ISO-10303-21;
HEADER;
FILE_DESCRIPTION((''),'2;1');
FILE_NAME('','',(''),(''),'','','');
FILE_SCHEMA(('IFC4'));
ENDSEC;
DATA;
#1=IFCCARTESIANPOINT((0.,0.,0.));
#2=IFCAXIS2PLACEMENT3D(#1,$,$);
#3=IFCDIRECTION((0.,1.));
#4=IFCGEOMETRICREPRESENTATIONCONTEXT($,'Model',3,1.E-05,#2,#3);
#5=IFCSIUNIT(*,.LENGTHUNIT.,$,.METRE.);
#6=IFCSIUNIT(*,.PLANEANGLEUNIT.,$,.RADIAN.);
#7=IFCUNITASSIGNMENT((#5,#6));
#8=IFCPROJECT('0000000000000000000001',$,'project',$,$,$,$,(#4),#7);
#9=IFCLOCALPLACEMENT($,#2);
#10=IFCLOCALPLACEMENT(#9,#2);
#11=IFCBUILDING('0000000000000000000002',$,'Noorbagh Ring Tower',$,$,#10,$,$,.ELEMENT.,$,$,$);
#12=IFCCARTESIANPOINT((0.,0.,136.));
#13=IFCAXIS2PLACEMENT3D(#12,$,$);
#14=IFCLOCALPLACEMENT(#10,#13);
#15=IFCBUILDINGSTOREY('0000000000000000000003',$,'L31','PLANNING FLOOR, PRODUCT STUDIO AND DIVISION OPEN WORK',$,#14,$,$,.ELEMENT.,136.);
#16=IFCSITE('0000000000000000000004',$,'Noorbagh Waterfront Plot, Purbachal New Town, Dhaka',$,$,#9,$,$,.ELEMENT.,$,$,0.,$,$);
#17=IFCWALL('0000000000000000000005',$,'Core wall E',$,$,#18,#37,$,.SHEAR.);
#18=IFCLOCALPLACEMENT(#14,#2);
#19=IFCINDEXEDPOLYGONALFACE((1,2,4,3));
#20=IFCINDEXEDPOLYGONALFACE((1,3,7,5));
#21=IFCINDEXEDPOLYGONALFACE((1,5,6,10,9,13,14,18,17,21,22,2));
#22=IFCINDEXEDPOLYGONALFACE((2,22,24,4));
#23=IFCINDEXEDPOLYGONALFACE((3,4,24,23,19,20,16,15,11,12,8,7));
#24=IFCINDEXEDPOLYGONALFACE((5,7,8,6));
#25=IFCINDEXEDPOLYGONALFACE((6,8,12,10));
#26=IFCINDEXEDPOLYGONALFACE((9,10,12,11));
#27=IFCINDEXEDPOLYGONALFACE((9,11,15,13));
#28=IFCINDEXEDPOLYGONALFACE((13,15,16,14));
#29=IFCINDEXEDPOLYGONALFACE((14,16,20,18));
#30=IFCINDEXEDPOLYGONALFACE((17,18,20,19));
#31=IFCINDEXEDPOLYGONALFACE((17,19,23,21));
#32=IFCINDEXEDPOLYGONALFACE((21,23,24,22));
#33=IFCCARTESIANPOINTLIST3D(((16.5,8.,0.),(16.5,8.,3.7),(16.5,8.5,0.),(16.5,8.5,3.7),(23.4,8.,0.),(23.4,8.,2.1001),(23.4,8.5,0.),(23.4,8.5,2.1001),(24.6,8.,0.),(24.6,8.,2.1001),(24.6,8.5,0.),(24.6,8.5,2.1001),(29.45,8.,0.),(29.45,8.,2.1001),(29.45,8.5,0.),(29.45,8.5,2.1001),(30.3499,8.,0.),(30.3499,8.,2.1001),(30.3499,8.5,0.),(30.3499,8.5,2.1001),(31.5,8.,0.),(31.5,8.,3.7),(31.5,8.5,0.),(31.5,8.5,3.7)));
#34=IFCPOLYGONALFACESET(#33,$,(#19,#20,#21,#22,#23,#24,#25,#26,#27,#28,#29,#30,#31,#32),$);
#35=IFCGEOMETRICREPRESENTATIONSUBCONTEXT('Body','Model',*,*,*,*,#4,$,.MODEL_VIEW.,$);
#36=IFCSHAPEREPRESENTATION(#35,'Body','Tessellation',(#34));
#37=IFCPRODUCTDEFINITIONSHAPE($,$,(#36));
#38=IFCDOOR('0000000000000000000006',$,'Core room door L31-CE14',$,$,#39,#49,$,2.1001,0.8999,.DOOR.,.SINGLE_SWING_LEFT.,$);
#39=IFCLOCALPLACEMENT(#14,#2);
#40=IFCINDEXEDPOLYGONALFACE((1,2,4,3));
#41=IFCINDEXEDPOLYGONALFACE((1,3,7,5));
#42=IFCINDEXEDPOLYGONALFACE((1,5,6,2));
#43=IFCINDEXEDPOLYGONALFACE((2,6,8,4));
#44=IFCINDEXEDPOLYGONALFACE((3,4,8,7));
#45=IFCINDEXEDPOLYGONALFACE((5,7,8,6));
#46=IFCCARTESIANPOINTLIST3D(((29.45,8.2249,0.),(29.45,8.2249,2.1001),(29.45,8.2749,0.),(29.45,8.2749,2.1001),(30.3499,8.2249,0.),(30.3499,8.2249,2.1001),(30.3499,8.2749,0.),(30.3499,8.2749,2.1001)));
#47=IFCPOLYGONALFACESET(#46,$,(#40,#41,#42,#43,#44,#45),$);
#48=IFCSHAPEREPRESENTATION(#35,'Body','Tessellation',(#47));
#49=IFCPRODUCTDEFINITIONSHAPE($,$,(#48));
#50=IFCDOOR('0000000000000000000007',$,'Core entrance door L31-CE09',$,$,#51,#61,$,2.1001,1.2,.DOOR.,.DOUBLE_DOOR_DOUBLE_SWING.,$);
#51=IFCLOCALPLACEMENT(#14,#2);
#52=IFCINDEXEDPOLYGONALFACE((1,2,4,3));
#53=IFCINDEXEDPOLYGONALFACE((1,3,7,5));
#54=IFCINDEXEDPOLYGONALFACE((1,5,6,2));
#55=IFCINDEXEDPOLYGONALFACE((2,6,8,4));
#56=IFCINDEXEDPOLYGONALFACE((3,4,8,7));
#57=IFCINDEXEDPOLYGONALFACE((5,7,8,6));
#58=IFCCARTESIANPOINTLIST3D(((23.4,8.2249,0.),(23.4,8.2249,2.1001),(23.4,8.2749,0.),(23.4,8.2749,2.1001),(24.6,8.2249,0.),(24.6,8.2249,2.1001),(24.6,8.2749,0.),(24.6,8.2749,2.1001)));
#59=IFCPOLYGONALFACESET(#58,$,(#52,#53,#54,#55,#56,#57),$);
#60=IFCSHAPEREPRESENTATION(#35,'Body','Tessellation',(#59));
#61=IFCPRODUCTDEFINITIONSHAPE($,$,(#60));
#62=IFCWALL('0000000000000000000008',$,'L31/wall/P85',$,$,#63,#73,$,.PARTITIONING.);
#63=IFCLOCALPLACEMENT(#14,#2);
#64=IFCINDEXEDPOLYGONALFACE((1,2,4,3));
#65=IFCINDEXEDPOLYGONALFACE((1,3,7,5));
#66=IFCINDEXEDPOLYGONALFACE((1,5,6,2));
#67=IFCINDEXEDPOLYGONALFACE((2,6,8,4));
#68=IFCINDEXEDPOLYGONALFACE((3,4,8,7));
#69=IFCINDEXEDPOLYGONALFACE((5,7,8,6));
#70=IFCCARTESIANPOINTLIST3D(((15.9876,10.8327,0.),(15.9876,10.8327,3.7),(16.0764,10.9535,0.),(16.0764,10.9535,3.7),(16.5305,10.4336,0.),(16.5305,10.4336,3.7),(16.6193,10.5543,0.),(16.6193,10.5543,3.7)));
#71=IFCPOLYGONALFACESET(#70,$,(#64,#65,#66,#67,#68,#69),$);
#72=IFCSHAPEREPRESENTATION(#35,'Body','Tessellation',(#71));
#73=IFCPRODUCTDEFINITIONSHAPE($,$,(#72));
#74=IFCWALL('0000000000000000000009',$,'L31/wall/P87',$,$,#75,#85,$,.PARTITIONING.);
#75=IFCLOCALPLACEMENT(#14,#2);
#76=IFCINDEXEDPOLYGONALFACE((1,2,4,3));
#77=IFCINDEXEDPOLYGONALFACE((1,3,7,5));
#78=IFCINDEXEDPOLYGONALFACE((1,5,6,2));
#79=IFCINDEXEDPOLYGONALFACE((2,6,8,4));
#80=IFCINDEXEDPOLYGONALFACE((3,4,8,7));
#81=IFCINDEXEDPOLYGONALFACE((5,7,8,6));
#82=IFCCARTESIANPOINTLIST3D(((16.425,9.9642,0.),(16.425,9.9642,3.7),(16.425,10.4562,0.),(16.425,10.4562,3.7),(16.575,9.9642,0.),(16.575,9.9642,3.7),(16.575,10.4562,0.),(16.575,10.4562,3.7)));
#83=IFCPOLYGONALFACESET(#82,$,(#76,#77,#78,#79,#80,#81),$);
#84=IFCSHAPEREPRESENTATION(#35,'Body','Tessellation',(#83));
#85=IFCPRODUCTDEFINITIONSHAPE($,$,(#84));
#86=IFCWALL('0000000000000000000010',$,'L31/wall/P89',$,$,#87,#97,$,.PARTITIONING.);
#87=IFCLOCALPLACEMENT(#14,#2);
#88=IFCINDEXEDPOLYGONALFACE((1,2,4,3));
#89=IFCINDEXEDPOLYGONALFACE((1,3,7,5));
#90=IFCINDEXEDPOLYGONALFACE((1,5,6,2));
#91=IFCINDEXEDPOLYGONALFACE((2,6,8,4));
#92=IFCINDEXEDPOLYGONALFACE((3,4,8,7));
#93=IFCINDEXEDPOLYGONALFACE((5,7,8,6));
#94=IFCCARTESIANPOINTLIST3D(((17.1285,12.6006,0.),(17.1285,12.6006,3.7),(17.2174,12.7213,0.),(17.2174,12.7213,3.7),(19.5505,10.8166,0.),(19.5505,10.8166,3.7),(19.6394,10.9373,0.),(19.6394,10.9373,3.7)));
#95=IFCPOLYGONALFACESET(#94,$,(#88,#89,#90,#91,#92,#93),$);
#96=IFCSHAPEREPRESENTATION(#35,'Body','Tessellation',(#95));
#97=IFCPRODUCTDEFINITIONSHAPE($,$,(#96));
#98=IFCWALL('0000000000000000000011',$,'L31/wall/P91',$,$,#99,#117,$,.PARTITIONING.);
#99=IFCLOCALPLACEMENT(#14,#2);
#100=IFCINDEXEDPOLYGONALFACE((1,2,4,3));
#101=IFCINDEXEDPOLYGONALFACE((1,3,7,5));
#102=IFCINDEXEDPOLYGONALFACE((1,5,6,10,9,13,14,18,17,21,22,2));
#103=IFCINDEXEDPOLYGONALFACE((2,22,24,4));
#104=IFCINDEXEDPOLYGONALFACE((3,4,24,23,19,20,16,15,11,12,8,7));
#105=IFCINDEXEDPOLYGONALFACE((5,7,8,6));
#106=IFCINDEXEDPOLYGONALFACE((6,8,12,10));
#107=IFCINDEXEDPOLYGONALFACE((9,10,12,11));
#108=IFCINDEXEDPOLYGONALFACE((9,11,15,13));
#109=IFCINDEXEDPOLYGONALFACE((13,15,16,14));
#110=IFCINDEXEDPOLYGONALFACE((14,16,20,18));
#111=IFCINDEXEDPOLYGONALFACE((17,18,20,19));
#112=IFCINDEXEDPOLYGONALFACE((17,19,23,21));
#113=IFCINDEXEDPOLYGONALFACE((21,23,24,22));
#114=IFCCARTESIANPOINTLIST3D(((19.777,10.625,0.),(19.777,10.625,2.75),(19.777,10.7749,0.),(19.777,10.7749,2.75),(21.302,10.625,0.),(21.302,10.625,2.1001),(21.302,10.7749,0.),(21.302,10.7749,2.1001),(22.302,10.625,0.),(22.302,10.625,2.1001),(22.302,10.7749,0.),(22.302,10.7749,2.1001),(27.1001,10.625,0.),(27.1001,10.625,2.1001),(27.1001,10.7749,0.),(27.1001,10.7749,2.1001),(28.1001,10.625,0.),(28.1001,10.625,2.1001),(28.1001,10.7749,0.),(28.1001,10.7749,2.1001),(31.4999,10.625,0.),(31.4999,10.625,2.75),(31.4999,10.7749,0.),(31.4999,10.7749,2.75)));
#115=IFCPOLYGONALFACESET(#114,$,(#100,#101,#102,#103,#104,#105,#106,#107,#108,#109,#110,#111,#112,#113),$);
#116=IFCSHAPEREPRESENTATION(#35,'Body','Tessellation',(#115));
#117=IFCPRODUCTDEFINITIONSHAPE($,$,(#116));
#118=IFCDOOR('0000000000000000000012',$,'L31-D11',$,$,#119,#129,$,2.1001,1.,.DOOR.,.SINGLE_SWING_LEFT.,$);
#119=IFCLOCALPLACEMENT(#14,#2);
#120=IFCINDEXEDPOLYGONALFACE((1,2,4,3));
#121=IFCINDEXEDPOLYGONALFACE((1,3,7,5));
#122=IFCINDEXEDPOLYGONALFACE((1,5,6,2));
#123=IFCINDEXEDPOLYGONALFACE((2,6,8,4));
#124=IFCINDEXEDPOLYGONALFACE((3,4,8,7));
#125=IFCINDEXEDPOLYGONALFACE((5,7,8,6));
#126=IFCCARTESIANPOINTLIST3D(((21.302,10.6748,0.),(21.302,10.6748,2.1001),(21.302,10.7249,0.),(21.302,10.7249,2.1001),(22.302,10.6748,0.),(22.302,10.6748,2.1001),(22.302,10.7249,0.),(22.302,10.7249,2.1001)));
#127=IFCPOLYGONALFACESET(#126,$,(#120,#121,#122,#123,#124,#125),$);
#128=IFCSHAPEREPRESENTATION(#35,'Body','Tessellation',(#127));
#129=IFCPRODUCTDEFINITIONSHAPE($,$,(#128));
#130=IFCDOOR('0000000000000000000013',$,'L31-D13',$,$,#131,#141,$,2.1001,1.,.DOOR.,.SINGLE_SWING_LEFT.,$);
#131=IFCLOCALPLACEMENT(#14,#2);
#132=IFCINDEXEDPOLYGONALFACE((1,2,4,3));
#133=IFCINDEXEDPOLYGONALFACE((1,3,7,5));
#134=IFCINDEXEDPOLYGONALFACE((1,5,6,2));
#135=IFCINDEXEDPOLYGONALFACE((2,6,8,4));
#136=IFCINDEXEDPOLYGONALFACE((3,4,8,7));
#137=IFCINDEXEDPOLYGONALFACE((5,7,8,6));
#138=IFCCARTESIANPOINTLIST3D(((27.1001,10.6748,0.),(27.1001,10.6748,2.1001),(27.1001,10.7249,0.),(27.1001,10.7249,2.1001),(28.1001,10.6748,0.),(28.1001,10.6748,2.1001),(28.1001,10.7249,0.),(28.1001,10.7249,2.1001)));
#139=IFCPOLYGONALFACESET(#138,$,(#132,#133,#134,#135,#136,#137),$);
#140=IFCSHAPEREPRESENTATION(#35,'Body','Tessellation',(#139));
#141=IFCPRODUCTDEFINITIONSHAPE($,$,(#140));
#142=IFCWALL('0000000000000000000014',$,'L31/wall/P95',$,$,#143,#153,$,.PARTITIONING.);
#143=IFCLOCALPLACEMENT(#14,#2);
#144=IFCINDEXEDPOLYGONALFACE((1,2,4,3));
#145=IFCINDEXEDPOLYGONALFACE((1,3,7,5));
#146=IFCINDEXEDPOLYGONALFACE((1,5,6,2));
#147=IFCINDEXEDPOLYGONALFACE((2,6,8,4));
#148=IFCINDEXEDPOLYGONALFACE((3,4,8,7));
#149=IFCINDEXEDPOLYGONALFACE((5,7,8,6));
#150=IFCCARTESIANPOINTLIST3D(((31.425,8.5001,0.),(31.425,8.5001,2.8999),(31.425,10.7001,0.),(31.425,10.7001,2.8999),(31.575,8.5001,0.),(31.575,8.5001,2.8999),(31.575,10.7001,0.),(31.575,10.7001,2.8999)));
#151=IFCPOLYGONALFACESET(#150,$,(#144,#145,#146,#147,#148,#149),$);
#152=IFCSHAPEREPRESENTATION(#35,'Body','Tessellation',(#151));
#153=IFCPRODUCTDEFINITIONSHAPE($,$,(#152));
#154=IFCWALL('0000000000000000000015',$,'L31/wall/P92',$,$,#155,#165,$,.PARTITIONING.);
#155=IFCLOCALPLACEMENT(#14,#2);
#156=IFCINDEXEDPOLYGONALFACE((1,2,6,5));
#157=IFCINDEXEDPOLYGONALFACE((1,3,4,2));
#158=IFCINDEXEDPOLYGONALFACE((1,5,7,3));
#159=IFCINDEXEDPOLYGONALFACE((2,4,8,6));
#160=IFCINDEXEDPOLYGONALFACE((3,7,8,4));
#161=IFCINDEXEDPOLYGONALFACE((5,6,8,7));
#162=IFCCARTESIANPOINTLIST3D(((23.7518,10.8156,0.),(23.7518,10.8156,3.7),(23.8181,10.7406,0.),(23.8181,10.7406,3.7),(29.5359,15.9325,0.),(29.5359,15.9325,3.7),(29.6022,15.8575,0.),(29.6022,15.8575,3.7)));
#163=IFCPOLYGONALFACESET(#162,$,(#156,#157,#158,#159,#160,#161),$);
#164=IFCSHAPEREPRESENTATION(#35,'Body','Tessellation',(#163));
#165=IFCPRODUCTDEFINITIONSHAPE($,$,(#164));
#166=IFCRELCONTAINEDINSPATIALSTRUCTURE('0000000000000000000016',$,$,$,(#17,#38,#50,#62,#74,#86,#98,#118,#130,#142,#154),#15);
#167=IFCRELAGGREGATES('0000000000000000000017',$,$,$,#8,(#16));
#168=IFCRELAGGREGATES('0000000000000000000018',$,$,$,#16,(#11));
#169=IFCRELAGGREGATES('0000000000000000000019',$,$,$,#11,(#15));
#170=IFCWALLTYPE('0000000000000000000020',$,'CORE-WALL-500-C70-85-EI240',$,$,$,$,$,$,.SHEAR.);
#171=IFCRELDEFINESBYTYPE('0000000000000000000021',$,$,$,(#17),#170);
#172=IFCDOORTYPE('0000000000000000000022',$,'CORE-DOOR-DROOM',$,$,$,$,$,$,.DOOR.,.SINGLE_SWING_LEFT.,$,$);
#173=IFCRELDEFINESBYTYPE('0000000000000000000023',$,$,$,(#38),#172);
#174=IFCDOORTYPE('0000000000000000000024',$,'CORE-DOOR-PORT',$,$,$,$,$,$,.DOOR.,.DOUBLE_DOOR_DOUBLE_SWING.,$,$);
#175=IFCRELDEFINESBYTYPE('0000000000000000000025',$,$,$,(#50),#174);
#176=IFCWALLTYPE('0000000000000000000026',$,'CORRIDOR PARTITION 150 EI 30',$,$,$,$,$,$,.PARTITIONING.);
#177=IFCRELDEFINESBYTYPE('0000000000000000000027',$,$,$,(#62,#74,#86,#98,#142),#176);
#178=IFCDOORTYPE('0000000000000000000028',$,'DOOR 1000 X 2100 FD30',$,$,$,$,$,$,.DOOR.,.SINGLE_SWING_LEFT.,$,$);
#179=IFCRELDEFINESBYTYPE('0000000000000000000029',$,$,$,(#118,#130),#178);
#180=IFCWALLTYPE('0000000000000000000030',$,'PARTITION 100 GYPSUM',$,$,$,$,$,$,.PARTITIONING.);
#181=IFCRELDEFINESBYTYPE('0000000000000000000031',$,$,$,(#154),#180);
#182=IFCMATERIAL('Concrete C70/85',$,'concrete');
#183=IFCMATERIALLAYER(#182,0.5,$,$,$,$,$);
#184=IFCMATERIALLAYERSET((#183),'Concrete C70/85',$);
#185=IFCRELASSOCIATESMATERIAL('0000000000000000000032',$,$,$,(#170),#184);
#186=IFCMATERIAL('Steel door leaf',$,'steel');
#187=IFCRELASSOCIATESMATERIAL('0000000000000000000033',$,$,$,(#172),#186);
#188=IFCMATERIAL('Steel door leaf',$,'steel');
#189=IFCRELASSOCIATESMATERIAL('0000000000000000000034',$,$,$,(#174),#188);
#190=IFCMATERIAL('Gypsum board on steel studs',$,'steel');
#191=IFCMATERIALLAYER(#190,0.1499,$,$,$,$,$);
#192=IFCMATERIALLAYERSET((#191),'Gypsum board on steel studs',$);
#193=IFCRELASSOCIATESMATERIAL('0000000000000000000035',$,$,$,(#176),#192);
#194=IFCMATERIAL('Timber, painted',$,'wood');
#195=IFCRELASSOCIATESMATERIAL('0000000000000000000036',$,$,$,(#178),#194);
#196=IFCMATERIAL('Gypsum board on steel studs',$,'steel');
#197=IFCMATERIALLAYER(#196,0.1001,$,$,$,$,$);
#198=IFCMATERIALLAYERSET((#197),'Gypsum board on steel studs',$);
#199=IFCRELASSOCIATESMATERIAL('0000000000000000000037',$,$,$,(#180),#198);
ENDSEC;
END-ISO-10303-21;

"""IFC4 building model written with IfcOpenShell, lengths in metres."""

from ifc_helpers import new_model, si_unit, direction, frame, frame_2d, origin, place, context, subcontext, project, spatial, rectangle, extrude, material, layer, layer_set, type_object, element, fill, save


model = new_model("IFC4")

# Units and contexts
model_context = context("Model", 3, precision=1e-05, world=origin(), true_north=direction((0.0, 1.0)))
body_context = subcontext(model_context, "Body", "Model", "MODEL_VIEW")
ifc_project = project(units=[si_unit("LENGTHUNIT", "METRE"), si_unit("PLANEANGLEUNIT", "RADIAN")], contexts=[model_context])

# Site, building, storey
site_placement = place(None, origin())
site = spatial("IfcSite", under=ifc_project, at=site_placement, Name="Noorbagh Waterfront Plot, Purbachal New Town, Dhaka", CompositionType="ELEMENT", RefElevation=0.0)
building_placement = place(site_placement, origin())
building = spatial("IfcBuilding", under=site, at=building_placement, Name="Noorbagh Ring Tower", CompositionType="ELEMENT")
storey_placement = place(building_placement, frame((0.0, 0.0, 136.0)))
storey = spatial("IfcBuildingStorey", under=building, at=storey_placement, Name="L31", Description="PLANNING FLOOR, PRODUCT STUDIO AND DIVISION OPEN WORK", CompositionType="ELEMENT", Elevation=136.0)

# Wall, openings, doors
ifc_material_1 = material(Name="Concrete C70/85", Category="concrete")
ifc_layer_1 = layer(ifc_material_1, 0.5)
ifc_layer_set_1 = layer_set([ifc_layer_1], Name="Concrete C70/85")
wall_type_1 = type_object("IfcWallType", Name="CORE-WALL-500-C70-85-EI240", PredefinedType="SHEAR", material=ifc_layer_set_1)
wall_1_placement = place(storey_placement, frame((16.5, 8.25, 0.0), z_axis=(0.0, 0.0, 1.0), x_axis=(1.0, 0.0, 0.0)))
wall_1 = element("IfcWall", 1, at=wall_1_placement, inside=storey, type_object=wall_type_1, Name="Core wall E", PredefinedType="SHEAR", context=body_context, shape_type="SweptSolid", body=[
    extrude(rectangle(XDim=15.0, YDim=0.5, at=frame_2d((7.5, 0.0))), origin(), (0.0, 0.0, 1.0), 3.7),
])
opening_1_placement = place(wall_1_placement, frame((6.8999, 0.0, 0.0)))
opening_1 = element("IfcOpeningElement", 2, at=opening_1_placement, cuts=wall_1, PredefinedType="OPENING", context=body_context, shape_type="SweptSolid", body=[
    extrude(rectangle(XDim=1.2, YDim=2.1001, at=frame_2d((0.6001, 1.05))), frame((0.0, 0.26, 0.0), z_axis=(0.0, -1.0, 0.0), x_axis=(1.0, 0.0, 0.0)), (0.0, 0.0, 1.0), 0.52),
])
opening_2_placement = place(wall_1_placement, frame((12.95, 0.0, 0.0)))
opening_2 = element("IfcOpeningElement", 3, at=opening_2_placement, cuts=wall_1, PredefinedType="OPENING", context=body_context, shape_type="SweptSolid", body=[
    extrude(rectangle(XDim=0.8999, YDim=2.1001, at=frame_2d((0.45, 1.05))), frame((0.0, 0.26, 0.0), z_axis=(0.0, -1.0, 0.0), x_axis=(1.0, 0.0, 0.0)), (0.0, 0.0, 1.0), 0.52),
])
ifc_material_2 = material(Name="Steel door leaf", Category="steel")
door_type_1 = type_object("IfcDoorType", Name="CORE-DOOR-DROOM", OperationType="SINGLE_SWING_LEFT", PredefinedType="DOOR", material=ifc_material_2)
door_1_placement = place(opening_2_placement, origin())
door_1 = element("IfcDoor", 4, at=door_1_placement, inside=storey, type_object=door_type_1, Name="Core room door L31-CE14", OperationType="SINGLE_SWING_LEFT", OverallHeight=2.1001, OverallWidth=0.8999, PredefinedType="DOOR", context=body_context, shape_type="SweptSolid", body=[
    extrude(rectangle(XDim=0.8999, YDim=2.1001, at=frame_2d((0.45, 1.05))), frame((0.0, 0.0249, 0.0), z_axis=(0.0, -1.0, 0.0), x_axis=(1.0, 0.0, 0.0)), (0.0, 0.0, 1.0), 0.05),
])
fill(opening_2, door_1)
ifc_material_3 = material(Name="Steel door leaf", Category="steel")
door_type_2 = type_object("IfcDoorType", Name="CORE-DOOR-PORT", OperationType="DOUBLE_DOOR_DOUBLE_SWING", PredefinedType="DOOR", material=ifc_material_3)
door_2_placement = place(opening_1_placement, origin())
door_2 = element("IfcDoor", 5, at=door_2_placement, inside=storey, type_object=door_type_2, Name="Core entrance door L31-CE09", OperationType="DOUBLE_DOOR_DOUBLE_SWING", OverallHeight=2.1001, OverallWidth=1.2, PredefinedType="DOOR", context=body_context, shape_type="SweptSolid", body=[
    extrude(rectangle(XDim=1.2, YDim=2.1001, at=frame_2d((0.6001, 1.05))), frame((0.0, 0.0249, 0.0), z_axis=(0.0, -1.0, 0.0), x_axis=(1.0, 0.0, 0.0)), (0.0, 0.0, 1.0), 0.05),
])
fill(opening_1, door_2)

# Walls
ifc_material_4 = material(Name="Gypsum board on steel studs", Category="steel")
ifc_layer_2 = layer(ifc_material_4, 0.1499)
ifc_layer_set_2 = layer_set([ifc_layer_2], Name="Gypsum board on steel studs")
wall_type_2 = type_object("IfcWallType", Name="CORRIDOR PARTITION 150 EI 30", PredefinedType="PARTITIONING", material=ifc_layer_set_2)
wall_2_placement = place(storey_placement, frame((16.032, 10.8931, 0.0), z_axis=(0.0, 0.0, 1.0), x_axis=(0.805702, -0.592321, 0.0)))
element("IfcWall", 6, at=wall_2_placement, inside=storey, type_object=wall_type_2, Name="L31/wall/P85", PredefinedType="PARTITIONING", context=body_context, shape_type="SweptSolid", body=[
    extrude(rectangle(XDim=0.6738, YDim=0.1499, at=frame_2d((0.3369, 0.0))), origin(), (0.0, 0.0, 1.0), 3.7),
])
wall_3_placement = place(storey_placement, frame((16.5, 9.9641, 0.0), z_axis=(0.0, 0.0, 1.0), x_axis=(0.0, 1.0, 0.0)))
element("IfcWall", 7, at=wall_3_placement, inside=storey, type_object=wall_type_2, Name="L31/wall/P87", PredefinedType="PARTITIONING", context=body_context, shape_type="SweptSolid", body=[
    extrude(rectangle(XDim=0.4919, YDim=0.1499, at=frame_2d((0.2461, 0.0))), origin(), (0.0, 0.0, 1.0), 3.7),
])
wall_4_placement = place(storey_placement, frame((17.1731, 12.6609, 0.0), z_axis=(0.0, 0.0, 1.0), x_axis=(0.805152, -0.593069, 0.0)))
element("IfcWall", 8, at=wall_4_placement, inside=storey, type_object=wall_type_2, Name="L31/wall/P89", PredefinedType="PARTITIONING", context=body_context, shape_type="SweptSolid", body=[
    extrude(rectangle(XDim=3.0081, YDim=0.1499, at=frame_2d((1.5039, 0.0))), origin(), (0.0, 0.0, 1.0), 3.7),
])

# Wall, openings, doors
wall_5_placement = place(storey_placement, frame((19.7771, 10.7, 0.0), z_axis=(0.0, 0.0, 1.0), x_axis=(1.0, 0.0, 0.0)))
wall_5 = element("IfcWall", 9, at=wall_5_placement, inside=storey, type_object=wall_type_2, Name="L31/wall/P91", PredefinedType="PARTITIONING", context=body_context, shape_type="SweptSolid", body=[
    extrude(rectangle(XDim=11.7229, YDim=0.1499, at=frame_2d((5.8613, 0.0))), origin(), (0.0, 0.0, 1.0), 2.75),
])
opening_3_placement = place(wall_5_placement, frame((1.5249, 0.0, 0.0)))
opening_3 = element("IfcOpeningElement", 10, at=opening_3_placement, cuts=wall_5, PredefinedType="OPENING", context=body_context, shape_type="SweptSolid", body=[
    extrude(rectangle(XDim=1.0, YDim=2.1001, at=frame_2d((0.5, 1.05))), frame((0.0, 0.085, 0.0), z_axis=(0.0, -1.0, 0.0), x_axis=(1.0, 0.0, 0.0)), (0.0, 0.0, 1.0), 0.1699),
])
opening_4_placement = place(wall_5_placement, frame((7.323, 0.0, 0.0)))
opening_4 = element("IfcOpeningElement", 11, at=opening_4_placement, cuts=wall_5, PredefinedType="OPENING", context=body_context, shape_type="SweptSolid", body=[
    extrude(rectangle(XDim=1.0, YDim=2.1001, at=frame_2d((0.5, 1.05))), frame((0.0, 0.085, 0.0), z_axis=(0.0, -1.0, 0.0), x_axis=(1.0, 0.0, 0.0)), (0.0, 0.0, 1.0), 0.1699),
])
ifc_material_5 = material(Name="Timber, painted", Category="wood")
door_type_3 = type_object("IfcDoorType", Name="DOOR 1000 X 2100 FD30", OperationType="SINGLE_SWING_LEFT", PredefinedType="DOOR", material=ifc_material_5)
door_3_placement = place(opening_3_placement, origin())
door_3 = element("IfcDoor", 12, at=door_3_placement, inside=storey, type_object=door_type_3, Name="L31-D11", OperationType="SINGLE_SWING_LEFT", OverallHeight=2.1001, OverallWidth=1.0, PredefinedType="DOOR", context=body_context, shape_type="SweptSolid", body=[
    extrude(rectangle(XDim=1.0, YDim=2.1001, at=frame_2d((0.5, 1.05))), frame((0.0, 0.0249, 0.0), z_axis=(0.0, -1.0, 0.0), x_axis=(1.0, 0.0, 0.0)), (0.0, 0.0, 1.0), 0.05),
])
fill(opening_3, door_3)
door_4_placement = place(opening_4_placement, origin())
door_4 = element("IfcDoor", 13, at=door_4_placement, inside=storey, type_object=door_type_3, Name="L31-D13", OperationType="SINGLE_SWING_LEFT", OverallHeight=2.1001, OverallWidth=1.0, PredefinedType="DOOR", context=body_context, shape_type="SweptSolid", body=[
    extrude(rectangle(XDim=1.0, YDim=2.1001, at=frame_2d((0.5, 1.05))), frame((0.0, 0.0249, 0.0), z_axis=(0.0, -1.0, 0.0), x_axis=(1.0, 0.0, 0.0)), (0.0, 0.0, 1.0), 0.05),
])
fill(opening_4, door_4)

# Walls
wall_6_placement = place(storey_placement, frame((31.5, 8.5, 0.0), z_axis=(0.0, 0.0, 1.0), x_axis=(0.0, 1.0, 0.0)))
element("IfcWall", 14, at=wall_6_placement, inside=storey, type_object=wall_type_2, Name="L31/wall/P95", PredefinedType="PARTITIONING", context=body_context, shape_type="SweptSolid", body=[
    extrude(rectangle(XDim=2.2, YDim=0.1499, at=frame_2d((1.1001, 0.0))), origin(), (0.0, 0.0, 1.0), 2.8999),
])
ifc_material_6 = material(Name="Gypsum board on steel studs", Category="steel")
ifc_layer_3 = layer(ifc_material_6, 0.1001)
ifc_layer_set_3 = layer_set([ifc_layer_3], Name="Gypsum board on steel studs")
wall_type_3 = type_object("IfcWallType", Name="PARTITION 100 GYPSUM", PredefinedType="PARTITIONING", material=ifc_layer_set_3)
wall_7_placement = place(storey_placement, frame((23.7849, 10.7781, 0.0), z_axis=(0.0, 0.0, 1.0), x_axis=(0.748986, 0.662586, 0.0)))
element("IfcWall", 15, at=wall_7_placement, inside=storey, type_object=wall_type_3, Name="L31/wall/P92", PredefinedType="PARTITIONING", context=body_context, shape_type="SweptSolid", body=[
    extrude(rectangle(XDim=7.7227, YDim=0.1001, at=frame_2d((3.8613, 0.0))), origin(), (0.0, 0.0, 1.0), 3.7),
])

save(model, "model.ifc")
